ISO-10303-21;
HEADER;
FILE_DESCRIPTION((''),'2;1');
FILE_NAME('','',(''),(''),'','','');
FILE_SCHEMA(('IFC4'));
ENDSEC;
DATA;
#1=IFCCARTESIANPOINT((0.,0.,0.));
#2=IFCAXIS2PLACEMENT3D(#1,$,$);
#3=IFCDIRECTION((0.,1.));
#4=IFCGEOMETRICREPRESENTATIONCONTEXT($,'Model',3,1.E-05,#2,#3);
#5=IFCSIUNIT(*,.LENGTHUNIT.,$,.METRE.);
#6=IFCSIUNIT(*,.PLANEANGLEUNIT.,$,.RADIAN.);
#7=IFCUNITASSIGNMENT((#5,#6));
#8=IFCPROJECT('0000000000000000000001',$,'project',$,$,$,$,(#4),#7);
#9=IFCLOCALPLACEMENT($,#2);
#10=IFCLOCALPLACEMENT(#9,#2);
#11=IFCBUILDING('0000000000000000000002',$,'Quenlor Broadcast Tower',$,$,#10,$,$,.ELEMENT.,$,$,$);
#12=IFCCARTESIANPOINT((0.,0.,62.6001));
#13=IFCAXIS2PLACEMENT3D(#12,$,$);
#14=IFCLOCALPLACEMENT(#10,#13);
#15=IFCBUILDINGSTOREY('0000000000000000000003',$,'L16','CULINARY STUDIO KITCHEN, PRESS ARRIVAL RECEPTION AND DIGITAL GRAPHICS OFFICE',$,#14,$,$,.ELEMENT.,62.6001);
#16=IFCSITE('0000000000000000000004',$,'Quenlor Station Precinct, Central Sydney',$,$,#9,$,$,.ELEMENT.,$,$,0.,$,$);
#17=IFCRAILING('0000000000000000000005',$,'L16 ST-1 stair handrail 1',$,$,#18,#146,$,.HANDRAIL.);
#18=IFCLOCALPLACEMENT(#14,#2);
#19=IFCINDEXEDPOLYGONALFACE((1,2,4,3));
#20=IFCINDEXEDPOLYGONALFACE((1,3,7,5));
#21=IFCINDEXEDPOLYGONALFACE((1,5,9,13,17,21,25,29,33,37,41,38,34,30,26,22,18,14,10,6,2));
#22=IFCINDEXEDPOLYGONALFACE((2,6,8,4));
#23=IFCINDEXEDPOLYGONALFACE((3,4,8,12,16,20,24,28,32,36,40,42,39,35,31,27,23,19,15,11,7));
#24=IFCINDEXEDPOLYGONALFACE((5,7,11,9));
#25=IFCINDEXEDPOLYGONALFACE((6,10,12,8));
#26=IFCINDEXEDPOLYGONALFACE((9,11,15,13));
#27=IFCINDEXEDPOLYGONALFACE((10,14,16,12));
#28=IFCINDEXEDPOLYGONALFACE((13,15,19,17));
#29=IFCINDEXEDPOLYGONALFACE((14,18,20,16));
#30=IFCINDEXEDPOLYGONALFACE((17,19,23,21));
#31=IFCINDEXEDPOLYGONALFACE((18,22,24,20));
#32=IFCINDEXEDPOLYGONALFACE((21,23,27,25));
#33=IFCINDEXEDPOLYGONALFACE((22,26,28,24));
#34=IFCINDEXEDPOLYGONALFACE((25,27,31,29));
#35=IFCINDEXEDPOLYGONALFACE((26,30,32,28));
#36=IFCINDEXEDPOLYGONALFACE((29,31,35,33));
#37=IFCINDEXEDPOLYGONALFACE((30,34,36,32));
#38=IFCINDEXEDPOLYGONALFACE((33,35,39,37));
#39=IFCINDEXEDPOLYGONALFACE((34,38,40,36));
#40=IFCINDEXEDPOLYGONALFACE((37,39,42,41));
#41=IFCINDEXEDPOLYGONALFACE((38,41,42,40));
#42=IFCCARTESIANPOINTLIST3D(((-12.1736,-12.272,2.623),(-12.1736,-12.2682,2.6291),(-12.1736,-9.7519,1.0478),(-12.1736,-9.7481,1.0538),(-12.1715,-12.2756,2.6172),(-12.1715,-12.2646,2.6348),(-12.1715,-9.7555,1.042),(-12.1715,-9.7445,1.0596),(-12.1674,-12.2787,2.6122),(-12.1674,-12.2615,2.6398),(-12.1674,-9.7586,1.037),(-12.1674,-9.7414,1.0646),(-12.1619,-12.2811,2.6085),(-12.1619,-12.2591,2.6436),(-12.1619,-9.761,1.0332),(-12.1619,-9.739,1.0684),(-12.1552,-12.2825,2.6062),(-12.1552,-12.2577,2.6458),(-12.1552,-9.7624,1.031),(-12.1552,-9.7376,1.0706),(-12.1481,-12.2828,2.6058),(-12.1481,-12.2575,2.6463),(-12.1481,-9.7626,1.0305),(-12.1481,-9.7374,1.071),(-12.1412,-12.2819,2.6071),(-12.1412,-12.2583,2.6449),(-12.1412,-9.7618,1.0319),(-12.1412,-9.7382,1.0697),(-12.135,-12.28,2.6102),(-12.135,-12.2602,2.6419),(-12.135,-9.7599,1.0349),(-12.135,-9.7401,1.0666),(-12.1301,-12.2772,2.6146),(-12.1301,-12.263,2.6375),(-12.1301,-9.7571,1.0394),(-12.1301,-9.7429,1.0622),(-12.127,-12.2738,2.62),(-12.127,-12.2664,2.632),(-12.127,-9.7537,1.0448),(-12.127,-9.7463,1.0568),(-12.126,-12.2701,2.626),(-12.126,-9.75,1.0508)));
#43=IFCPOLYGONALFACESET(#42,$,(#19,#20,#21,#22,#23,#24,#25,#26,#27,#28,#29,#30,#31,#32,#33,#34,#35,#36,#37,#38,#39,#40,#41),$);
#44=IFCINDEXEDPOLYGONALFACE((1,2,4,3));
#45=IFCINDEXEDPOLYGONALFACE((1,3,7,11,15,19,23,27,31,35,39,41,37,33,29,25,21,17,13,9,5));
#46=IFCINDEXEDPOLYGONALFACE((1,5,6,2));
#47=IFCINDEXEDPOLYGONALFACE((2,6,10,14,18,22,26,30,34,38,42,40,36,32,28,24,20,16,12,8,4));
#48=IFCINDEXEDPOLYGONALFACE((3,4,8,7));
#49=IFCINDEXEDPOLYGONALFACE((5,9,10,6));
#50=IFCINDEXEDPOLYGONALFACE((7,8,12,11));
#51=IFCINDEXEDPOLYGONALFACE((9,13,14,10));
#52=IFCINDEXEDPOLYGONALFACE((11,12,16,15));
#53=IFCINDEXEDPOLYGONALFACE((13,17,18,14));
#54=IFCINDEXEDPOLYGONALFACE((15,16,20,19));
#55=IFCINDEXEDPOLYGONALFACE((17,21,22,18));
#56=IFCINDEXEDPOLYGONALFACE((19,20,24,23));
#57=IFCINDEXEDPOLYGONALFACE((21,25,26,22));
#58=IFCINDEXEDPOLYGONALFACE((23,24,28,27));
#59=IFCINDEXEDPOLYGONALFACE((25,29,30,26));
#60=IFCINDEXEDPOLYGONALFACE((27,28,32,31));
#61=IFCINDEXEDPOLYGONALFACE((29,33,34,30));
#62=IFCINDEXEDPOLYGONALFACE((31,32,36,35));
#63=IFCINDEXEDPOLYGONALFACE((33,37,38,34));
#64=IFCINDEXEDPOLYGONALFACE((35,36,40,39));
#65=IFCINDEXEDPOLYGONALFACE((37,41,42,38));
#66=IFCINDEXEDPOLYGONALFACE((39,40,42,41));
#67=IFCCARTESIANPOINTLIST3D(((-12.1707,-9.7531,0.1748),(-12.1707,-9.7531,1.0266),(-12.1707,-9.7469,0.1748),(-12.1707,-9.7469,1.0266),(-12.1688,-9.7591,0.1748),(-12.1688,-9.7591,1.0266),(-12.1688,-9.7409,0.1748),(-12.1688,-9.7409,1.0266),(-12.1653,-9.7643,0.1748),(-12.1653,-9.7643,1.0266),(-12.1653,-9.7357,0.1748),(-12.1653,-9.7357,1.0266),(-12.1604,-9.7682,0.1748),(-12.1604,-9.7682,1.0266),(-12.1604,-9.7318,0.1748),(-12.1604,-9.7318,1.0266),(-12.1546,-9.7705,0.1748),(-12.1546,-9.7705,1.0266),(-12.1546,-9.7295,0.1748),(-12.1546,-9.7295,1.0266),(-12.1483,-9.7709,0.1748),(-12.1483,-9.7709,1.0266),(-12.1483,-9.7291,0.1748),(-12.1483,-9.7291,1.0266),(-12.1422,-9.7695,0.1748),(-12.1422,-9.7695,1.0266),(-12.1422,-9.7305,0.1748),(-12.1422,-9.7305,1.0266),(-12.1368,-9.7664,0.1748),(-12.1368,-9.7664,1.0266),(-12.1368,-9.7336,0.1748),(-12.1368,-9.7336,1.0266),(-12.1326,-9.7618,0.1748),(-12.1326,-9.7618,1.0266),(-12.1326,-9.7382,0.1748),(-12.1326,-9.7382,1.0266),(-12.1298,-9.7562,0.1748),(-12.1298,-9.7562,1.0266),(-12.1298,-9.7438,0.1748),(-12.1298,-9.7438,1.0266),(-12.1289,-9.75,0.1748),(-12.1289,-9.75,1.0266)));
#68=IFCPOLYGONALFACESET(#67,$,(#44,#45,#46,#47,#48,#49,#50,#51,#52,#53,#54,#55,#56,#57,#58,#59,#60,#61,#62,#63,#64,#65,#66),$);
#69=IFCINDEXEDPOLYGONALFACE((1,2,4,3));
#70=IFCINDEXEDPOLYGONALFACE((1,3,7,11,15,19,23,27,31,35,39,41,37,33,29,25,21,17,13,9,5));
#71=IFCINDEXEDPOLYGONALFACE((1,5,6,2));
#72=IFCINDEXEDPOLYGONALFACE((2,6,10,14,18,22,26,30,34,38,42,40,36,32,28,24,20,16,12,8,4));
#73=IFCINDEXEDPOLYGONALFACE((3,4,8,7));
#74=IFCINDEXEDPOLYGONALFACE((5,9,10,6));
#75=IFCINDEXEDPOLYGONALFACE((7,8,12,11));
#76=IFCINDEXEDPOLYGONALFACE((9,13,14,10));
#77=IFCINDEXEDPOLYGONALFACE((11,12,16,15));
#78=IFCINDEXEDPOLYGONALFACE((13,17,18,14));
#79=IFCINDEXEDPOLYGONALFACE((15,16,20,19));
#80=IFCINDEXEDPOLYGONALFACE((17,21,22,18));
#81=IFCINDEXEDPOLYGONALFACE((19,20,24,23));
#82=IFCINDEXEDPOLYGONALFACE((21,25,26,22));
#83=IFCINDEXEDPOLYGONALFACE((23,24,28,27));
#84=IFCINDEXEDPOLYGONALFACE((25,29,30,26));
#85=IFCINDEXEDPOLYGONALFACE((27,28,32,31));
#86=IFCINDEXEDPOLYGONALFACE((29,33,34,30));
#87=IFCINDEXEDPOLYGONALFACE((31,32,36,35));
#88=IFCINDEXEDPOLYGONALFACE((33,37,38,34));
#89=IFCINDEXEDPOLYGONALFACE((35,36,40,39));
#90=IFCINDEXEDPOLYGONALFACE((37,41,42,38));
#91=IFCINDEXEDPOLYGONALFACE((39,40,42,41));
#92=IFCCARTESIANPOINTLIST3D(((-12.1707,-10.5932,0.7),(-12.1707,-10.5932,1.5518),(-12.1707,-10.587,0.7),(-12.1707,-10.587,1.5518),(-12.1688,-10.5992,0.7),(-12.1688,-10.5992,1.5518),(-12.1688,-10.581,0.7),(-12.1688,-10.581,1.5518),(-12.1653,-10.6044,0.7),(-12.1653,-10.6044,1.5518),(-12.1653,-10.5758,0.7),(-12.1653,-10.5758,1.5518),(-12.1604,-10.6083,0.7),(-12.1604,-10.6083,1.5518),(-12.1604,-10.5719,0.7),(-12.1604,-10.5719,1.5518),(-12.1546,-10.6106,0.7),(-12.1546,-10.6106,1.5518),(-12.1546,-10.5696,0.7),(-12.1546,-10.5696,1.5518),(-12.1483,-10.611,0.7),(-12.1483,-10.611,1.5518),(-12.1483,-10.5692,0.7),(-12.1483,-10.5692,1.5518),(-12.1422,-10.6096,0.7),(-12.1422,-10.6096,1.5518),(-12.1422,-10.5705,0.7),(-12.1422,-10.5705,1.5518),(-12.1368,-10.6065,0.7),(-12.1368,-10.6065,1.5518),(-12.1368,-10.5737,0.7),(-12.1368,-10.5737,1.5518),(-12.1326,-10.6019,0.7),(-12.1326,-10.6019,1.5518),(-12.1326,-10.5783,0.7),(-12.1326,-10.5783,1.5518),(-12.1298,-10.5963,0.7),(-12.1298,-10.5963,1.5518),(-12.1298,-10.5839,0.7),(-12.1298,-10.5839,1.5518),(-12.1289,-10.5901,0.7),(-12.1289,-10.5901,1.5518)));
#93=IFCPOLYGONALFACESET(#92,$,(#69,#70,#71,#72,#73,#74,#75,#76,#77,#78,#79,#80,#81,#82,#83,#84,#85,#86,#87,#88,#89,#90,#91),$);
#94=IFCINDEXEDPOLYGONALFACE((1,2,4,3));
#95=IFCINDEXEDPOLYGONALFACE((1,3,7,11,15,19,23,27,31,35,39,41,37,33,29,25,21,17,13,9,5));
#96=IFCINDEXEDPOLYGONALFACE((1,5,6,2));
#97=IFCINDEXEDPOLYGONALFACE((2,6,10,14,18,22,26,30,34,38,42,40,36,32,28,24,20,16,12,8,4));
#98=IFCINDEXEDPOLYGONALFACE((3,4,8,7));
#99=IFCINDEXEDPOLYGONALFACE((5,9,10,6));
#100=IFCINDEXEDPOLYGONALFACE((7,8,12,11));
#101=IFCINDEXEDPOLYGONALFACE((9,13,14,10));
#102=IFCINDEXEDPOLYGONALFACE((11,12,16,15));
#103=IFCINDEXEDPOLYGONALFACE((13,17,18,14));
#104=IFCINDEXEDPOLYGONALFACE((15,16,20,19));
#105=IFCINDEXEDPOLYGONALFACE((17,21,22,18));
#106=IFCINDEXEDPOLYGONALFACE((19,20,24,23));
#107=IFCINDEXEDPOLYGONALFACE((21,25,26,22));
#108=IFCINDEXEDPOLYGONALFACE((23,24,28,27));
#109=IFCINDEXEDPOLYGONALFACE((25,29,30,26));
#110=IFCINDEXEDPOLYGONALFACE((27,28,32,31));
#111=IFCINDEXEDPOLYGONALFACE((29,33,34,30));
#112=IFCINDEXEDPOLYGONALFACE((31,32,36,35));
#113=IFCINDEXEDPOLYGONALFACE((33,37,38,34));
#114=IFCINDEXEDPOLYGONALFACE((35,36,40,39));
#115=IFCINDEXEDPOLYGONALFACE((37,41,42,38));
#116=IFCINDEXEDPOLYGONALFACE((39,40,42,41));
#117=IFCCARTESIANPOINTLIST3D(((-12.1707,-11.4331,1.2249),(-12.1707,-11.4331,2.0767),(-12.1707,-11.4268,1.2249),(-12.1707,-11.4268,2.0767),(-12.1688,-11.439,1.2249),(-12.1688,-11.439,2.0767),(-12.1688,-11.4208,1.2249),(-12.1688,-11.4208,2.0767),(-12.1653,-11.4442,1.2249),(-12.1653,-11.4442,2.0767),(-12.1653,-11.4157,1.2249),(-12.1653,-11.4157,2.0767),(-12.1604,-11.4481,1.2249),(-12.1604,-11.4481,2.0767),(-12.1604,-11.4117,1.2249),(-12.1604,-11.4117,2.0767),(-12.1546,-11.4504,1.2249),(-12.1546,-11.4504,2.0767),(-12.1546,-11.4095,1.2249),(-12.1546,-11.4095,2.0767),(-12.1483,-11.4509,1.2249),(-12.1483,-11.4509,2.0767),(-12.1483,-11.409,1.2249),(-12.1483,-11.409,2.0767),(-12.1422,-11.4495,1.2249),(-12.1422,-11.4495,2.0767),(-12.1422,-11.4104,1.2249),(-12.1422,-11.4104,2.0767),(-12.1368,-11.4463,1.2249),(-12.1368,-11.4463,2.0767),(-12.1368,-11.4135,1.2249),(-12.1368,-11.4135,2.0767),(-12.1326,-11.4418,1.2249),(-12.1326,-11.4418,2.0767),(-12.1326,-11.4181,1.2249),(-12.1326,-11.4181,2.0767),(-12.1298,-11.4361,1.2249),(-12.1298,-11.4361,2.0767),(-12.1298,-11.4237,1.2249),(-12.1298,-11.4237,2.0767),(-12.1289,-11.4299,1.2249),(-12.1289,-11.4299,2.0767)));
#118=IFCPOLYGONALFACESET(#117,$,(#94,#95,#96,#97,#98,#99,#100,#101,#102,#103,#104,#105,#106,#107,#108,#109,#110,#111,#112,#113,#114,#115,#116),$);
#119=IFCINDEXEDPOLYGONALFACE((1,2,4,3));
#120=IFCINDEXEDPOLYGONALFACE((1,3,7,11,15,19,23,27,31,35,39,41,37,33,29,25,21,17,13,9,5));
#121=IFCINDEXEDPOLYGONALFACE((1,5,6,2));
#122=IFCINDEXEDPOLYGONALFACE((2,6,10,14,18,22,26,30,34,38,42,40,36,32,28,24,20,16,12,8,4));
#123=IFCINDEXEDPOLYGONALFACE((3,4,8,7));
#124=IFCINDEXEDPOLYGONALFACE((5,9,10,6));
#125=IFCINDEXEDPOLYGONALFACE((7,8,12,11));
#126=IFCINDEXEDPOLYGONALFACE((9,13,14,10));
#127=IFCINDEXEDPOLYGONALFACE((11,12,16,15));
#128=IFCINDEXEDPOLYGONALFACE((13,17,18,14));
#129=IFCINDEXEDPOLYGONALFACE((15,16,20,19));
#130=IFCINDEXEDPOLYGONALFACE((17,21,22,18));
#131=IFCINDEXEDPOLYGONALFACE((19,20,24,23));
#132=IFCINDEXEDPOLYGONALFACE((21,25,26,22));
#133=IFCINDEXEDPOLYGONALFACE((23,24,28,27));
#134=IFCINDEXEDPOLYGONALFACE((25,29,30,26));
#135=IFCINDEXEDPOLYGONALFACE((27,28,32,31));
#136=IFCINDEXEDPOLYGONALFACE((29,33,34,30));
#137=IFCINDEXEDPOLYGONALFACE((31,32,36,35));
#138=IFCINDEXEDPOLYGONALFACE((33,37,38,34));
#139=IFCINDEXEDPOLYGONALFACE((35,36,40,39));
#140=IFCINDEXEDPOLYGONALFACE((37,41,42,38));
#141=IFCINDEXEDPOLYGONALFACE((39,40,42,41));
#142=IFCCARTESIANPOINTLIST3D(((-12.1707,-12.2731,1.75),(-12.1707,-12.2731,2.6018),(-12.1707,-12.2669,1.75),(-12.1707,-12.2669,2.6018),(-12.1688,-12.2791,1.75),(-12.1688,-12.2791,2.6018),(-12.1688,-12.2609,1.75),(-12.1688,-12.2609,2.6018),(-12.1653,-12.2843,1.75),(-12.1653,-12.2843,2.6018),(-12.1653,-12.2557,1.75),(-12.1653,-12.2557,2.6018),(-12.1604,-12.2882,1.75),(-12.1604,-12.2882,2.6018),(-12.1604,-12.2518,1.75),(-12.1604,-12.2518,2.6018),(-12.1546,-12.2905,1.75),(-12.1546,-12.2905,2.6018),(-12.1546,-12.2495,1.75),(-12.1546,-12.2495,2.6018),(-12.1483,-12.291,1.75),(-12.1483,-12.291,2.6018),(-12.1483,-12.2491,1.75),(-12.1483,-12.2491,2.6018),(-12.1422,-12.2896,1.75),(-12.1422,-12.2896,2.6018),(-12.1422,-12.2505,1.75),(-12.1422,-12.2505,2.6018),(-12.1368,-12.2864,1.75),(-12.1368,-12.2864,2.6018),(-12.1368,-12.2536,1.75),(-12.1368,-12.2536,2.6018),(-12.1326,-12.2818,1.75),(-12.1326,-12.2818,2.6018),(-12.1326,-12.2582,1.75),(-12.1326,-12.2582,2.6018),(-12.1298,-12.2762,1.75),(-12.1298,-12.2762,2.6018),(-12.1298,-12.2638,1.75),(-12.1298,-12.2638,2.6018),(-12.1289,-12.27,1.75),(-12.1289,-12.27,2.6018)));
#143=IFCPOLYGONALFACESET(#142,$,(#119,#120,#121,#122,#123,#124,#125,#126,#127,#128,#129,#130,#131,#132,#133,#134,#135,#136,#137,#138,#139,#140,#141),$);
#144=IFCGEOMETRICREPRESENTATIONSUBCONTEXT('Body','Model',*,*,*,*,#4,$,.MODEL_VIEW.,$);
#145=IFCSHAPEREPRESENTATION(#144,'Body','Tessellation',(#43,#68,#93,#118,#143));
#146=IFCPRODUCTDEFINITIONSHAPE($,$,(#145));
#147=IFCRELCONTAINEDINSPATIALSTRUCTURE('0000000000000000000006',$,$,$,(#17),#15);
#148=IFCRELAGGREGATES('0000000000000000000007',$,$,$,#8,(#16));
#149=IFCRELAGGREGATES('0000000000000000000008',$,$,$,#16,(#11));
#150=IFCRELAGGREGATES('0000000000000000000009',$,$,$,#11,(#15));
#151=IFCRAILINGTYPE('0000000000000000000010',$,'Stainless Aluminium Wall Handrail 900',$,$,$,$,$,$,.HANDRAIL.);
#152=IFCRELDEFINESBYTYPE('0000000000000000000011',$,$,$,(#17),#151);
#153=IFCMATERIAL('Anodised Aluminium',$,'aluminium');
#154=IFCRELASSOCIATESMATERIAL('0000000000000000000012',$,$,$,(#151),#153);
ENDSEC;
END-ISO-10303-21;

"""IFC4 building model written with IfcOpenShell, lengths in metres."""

from ifc_helpers import new_model, si_unit, direction, frame, origin, origin_2d, place, context, subcontext, project, spatial, circle, extrude, material, type_object, element, save


model = new_model("IFC4")

# Units and contexts
model_context = context("Model", 3, precision=1e-05, world=origin(), true_north=direction((0.0, 1.0)))
body_context = subcontext(model_context, "Body", "Model", "MODEL_VIEW")
ifc_project = project(units=[si_unit("LENGTHUNIT", "METRE"), si_unit("PLANEANGLEUNIT", "RADIAN")], contexts=[model_context])

# Site, building, storey
site_placement = place(None, origin())
site = spatial("IfcSite", under=ifc_project, at=site_placement, Name="Quenlor Station Precinct, Central Sydney", CompositionType="ELEMENT", RefElevation=0.0)
building_placement = place(site_placement, origin())
building = spatial("IfcBuilding", under=site, at=building_placement, Name="Quenlor Broadcast Tower", CompositionType="ELEMENT")
storey_placement = place(building_placement, frame((0.0, 0.0, 62.6001)))
storey = spatial("IfcBuildingStorey", under=building, at=storey_placement, Name="L16", Description="CULINARY STUDIO KITCHEN, PRESS ARRIVAL RECEPTION AND DIGITAL GRAPHICS OFFICE", CompositionType="ELEMENT", Elevation=62.6001)

# Railing
ifc_material_1 = material(Name="Anodised Aluminium", Category="aluminium")
railing_type_1 = type_object("IfcRailingType", Name="Stainless Aluminium Wall Handrail 900", PredefinedType="HANDRAIL", material=ifc_material_1)
railing_1_placement = place(storey_placement, frame((-12.1499, -9.75, 0.1748)))
element("IfcRailing", 1, at=railing_1_placement, inside=storey, type_object=railing_type_1, Name="L16 ST-1 stair handrail 1", PredefinedType="HANDRAIL", context=body_context, shape_type="SweptSolid", body=[
    extrude(circle(Radius=0.0239, at=origin_2d()), frame((0.0, 0.0, 0.876), z_axis=(0.0, -0.847971, 0.530043), x_axis=(1.0, 0.0, 0.0)), (0.0, 0.0, 1.0), 2.9719),
    extrude(circle(Radius=0.021, at=origin_2d()), origin(), (0.0, 0.0, 1.0), 0.8518),
    extrude(circle(Radius=0.021, at=origin_2d()), frame((0.0, -0.8401, 0.5251)), (0.0, 0.0, 1.0), 0.8518),
    extrude(circle(Radius=0.021, at=origin_2d()), frame((0.0, -1.6799, 1.05)), (0.0, 0.0, 1.0), 0.8518),
    extrude(circle(Radius=0.021, at=origin_2d()), frame((0.0, -2.52, 1.5752)), (0.0, 0.0, 1.0), 0.8518),
])

save(model, "model.ifc")
